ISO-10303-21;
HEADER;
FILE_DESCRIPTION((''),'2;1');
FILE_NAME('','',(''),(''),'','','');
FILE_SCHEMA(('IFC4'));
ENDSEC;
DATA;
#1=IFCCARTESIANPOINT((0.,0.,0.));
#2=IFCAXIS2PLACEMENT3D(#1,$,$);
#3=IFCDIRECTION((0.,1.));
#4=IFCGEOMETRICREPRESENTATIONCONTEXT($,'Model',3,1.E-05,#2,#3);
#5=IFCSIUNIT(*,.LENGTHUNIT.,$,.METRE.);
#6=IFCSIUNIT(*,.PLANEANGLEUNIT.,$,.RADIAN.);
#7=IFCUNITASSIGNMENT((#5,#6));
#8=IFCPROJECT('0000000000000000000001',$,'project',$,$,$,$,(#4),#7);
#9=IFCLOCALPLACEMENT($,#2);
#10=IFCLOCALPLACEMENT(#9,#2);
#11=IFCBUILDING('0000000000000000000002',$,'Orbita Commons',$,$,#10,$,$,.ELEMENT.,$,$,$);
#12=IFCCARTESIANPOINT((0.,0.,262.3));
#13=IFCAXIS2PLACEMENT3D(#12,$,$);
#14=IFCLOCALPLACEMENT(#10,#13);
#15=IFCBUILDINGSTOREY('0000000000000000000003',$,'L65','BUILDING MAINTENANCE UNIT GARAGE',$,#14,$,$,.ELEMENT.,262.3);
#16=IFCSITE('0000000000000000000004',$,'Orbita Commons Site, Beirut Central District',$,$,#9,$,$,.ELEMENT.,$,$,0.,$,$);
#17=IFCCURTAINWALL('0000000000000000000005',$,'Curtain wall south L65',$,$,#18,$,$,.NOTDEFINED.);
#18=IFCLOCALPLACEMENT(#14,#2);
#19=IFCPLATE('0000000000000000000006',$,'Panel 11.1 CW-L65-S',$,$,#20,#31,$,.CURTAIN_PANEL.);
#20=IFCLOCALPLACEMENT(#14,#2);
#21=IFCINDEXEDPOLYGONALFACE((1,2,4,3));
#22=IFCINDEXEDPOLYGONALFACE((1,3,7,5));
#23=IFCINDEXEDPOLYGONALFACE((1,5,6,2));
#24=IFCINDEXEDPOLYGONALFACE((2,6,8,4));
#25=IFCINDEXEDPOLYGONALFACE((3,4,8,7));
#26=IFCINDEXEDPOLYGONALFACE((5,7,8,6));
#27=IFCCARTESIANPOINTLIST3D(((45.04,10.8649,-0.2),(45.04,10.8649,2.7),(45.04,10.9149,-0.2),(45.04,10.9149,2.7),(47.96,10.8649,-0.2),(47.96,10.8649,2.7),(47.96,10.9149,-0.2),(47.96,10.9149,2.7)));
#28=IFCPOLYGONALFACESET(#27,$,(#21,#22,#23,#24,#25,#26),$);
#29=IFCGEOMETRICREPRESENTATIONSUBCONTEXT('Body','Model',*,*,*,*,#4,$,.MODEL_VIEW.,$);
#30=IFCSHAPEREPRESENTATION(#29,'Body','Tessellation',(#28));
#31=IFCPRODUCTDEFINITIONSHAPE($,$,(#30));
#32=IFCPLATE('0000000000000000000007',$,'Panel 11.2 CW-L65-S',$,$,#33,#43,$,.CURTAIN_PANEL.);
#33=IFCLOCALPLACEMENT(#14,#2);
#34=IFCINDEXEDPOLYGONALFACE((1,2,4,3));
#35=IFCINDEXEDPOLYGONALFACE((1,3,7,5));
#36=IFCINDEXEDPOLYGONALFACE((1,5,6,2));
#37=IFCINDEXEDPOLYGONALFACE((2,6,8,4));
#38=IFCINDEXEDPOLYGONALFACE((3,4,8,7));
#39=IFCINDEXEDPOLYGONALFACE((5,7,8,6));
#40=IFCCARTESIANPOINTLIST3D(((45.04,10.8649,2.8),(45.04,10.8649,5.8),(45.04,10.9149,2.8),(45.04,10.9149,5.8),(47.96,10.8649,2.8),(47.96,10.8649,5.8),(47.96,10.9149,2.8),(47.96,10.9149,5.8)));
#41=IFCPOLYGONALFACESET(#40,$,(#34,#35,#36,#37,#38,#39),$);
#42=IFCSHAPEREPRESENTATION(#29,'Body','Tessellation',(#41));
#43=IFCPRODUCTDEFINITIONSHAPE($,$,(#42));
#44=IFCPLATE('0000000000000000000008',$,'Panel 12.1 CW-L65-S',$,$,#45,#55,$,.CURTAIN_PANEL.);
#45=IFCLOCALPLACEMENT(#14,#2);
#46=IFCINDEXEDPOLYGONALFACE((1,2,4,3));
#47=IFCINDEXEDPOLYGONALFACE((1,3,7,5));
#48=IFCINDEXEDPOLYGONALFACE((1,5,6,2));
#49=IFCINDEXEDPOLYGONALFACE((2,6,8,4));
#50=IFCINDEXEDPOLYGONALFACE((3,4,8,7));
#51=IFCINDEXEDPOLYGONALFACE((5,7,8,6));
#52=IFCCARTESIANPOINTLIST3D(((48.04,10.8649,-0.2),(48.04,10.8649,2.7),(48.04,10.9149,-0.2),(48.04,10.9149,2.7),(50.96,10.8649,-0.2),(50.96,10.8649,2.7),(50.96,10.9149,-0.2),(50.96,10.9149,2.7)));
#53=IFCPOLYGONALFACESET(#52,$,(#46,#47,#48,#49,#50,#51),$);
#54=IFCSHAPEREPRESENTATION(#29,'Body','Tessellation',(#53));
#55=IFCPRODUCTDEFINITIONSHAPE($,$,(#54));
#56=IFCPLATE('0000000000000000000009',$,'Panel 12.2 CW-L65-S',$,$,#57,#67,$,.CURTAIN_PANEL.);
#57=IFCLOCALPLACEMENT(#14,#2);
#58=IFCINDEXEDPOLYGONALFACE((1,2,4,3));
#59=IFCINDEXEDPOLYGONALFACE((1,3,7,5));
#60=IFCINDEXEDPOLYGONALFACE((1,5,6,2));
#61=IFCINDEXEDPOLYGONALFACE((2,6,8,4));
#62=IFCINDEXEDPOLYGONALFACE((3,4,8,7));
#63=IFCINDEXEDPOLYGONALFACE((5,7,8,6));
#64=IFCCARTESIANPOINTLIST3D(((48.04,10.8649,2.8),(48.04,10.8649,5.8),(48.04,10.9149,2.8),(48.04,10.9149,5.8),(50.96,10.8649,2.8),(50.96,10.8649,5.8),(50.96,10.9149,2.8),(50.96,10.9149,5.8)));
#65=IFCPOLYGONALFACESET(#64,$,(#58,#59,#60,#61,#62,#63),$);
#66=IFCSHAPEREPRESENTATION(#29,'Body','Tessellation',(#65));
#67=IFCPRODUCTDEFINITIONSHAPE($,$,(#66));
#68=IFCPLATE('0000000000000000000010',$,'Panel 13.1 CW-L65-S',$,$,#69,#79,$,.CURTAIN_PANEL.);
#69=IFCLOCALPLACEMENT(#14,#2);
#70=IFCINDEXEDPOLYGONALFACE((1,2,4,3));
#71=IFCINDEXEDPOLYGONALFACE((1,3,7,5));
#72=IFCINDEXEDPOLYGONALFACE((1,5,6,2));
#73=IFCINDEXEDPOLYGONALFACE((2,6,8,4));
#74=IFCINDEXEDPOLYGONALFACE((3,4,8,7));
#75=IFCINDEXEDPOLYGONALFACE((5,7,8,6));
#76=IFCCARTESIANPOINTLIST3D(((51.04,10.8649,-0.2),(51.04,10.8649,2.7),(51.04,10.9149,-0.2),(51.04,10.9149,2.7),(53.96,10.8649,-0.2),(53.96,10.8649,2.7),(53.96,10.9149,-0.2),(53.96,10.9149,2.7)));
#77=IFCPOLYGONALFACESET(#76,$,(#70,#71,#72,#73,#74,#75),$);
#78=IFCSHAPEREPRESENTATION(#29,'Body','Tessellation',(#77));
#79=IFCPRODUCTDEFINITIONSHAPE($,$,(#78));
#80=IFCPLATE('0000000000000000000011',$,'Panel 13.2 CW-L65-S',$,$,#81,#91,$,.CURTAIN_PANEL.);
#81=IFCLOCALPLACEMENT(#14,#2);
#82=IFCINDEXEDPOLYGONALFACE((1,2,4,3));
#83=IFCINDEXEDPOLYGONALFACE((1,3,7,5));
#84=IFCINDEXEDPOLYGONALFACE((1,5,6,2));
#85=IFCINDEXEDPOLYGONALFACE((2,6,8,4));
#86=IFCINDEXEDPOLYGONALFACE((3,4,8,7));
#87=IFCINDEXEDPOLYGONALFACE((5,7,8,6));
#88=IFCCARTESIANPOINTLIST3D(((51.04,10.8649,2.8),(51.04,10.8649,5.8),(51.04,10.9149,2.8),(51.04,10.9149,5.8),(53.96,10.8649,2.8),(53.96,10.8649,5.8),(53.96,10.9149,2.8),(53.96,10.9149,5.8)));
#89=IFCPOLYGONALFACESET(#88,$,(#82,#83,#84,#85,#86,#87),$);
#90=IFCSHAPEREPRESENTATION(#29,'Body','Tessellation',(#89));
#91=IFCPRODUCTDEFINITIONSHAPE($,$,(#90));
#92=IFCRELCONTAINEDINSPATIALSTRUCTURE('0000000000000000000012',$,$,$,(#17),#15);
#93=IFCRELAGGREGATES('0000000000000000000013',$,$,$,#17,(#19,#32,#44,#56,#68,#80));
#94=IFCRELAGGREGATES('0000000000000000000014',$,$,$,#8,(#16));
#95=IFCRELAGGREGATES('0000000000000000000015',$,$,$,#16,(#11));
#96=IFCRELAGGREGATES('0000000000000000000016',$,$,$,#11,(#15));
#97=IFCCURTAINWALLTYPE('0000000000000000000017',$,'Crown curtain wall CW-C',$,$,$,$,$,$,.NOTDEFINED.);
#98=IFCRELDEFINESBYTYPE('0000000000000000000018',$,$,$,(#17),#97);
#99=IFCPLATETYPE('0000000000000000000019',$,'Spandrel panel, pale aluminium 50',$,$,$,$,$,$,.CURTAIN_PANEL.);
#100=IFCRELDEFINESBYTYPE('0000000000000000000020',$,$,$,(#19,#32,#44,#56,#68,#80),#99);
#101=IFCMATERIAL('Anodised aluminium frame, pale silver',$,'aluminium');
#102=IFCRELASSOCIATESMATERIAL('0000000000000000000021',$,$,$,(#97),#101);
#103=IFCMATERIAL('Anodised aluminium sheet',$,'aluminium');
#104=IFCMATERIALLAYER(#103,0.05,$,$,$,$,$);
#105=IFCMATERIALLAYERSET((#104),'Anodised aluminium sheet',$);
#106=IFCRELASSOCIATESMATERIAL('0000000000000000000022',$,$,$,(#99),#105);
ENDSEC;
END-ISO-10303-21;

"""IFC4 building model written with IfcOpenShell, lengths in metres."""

from ifc_helpers import new_model, si_unit, direction, frame, origin, origin_2d, place, context, subcontext, project, spatial, rectangle, extrude, material, layer, layer_set, type_object, element, aggregate, save


model = new_model("IFC4")

# Units and contexts
model_context = context("Model", 3, precision=1e-05, world=origin(), true_north=direction((0.0, 1.0)))
body_context = subcontext(model_context, "Body", "Model", "MODEL_VIEW")
ifc_project = project(units=[si_unit("LENGTHUNIT", "METRE"), si_unit("PLANEANGLEUNIT", "RADIAN")], contexts=[model_context])

# Site, building, storey
site_placement = place(None, origin())
site = spatial("IfcSite", under=ifc_project, at=site_placement, Name="Orbita Commons Site, Beirut Central District", CompositionType="ELEMENT", RefElevation=0.0)
building_placement = place(site_placement, origin())
building = spatial("IfcBuilding", under=site, at=building_placement, Name="Orbita Commons", CompositionType="ELEMENT")
storey_placement = place(building_placement, frame((0.0, 0.0, 262.3)))
storey = spatial("IfcBuildingStorey", under=building, at=storey_placement, Name="L65", Description="BUILDING MAINTENANCE UNIT GARAGE", CompositionType="ELEMENT", Elevation=262.3)

# Curtain wall, plates
ifc_material_1 = material(Name="Anodised aluminium frame, pale silver", Category="aluminium")
curtain_wall_type = type_object("IfcCurtainWallType", Name="Crown curtain wall CW-C", PredefinedType="NOTDEFINED", material=ifc_material_1)
curtain_wall_placement = place(storey_placement, origin())
curtain_wall = element("IfcCurtainWall", 1, at=curtain_wall_placement, inside=storey, type_object=curtain_wall_type, Name="Curtain wall south L65", PredefinedType="NOTDEFINED")
ifc_material_2 = material(Name="Anodised aluminium sheet", Category="aluminium")
ifc_layer = layer(ifc_material_2, 0.05)
ifc_layer_set = layer_set([ifc_layer], Name="Anodised aluminium sheet")
plate_type = type_object("IfcPlateType", Name="Spandrel panel, pale aluminium 50", PredefinedType="CURTAIN_PANEL", material=ifc_layer_set)
plate_1_placement = place(storey_placement, frame((46.5, 10.8899, -0.2), z_axis=(0.0, 0.0, 1.0), x_axis=(1.0, 0.0, 0.0)))
plate_1 = element("IfcPlate", 2, at=plate_1_placement, type_object=plate_type, Name="Panel 11.1 CW-L65-S", PredefinedType="CURTAIN_PANEL", context=body_context, shape_type="SweptSolid", body=[
    extrude(rectangle(XDim=2.9199, YDim=0.05, at=origin_2d()), origin(), (0.0, 0.0, 1.0), 2.8999),
])
plate_2_placement = place(storey_placement, frame((46.5, 10.8899, 2.8), z_axis=(0.0, 0.0, 1.0), x_axis=(1.0, 0.0, 0.0)))
plate_2 = element("IfcPlate", 3, at=plate_2_placement, type_object=plate_type, Name="Panel 11.2 CW-L65-S", PredefinedType="CURTAIN_PANEL", context=body_context, shape_type="SweptSolid", body=[
    extrude(rectangle(XDim=2.9199, YDim=0.05, at=origin_2d()), origin(), (0.0, 0.0, 1.0), 3.0),
])
plate_3_placement = place(storey_placement, frame((49.5, 10.8899, -0.2), z_axis=(0.0, 0.0, 1.0), x_axis=(1.0, 0.0, 0.0)))
plate_3 = element("IfcPlate", 4, at=plate_3_placement, type_object=plate_type, Name="Panel 12.1 CW-L65-S", PredefinedType="CURTAIN_PANEL", context=body_context, shape_type="SweptSolid", body=[
    extrude(rectangle(XDim=2.9199, YDim=0.05, at=origin_2d()), origin(), (0.0, 0.0, 1.0), 2.8999),
])
plate_4_placement = place(storey_placement, frame((49.5, 10.8899, 2.8), z_axis=(0.0, 0.0, 1.0), x_axis=(1.0, 0.0, 0.0)))
plate_4 = element("IfcPlate", 5, at=plate_4_placement, type_object=plate_type, Name="Panel 12.2 CW-L65-S", PredefinedType="CURTAIN_PANEL", context=body_context, shape_type="SweptSolid", body=[
    extrude(rectangle(XDim=2.9199, YDim=0.05, at=origin_2d()), origin(), (0.0, 0.0, 1.0), 3.0),
])
plate_5_placement = place(storey_placement, frame((52.5, 10.8899, -0.2), z_axis=(0.0, 0.0, 1.0), x_axis=(1.0, 0.0, 0.0)))
plate_5 = element("IfcPlate", 6, at=plate_5_placement, type_object=plate_type, Name="Panel 13.1 CW-L65-S", PredefinedType="CURTAIN_PANEL", context=body_context, shape_type="SweptSolid", body=[
    extrude(rectangle(XDim=2.9199, YDim=0.05, at=origin_2d()), origin(), (0.0, 0.0, 1.0), 2.8999),
])
plate_6_placement = place(storey_placement, frame((52.5, 10.8899, 2.8), z_axis=(0.0, 0.0, 1.0), x_axis=(1.0, 0.0, 0.0)))
plate_6 = element("IfcPlate", 7, at=plate_6_placement, type_object=plate_type, Name="Panel 13.2 CW-L65-S", PredefinedType="CURTAIN_PANEL", context=body_context, shape_type="SweptSolid", body=[
    extrude(rectangle(XDim=2.9199, YDim=0.05, at=origin_2d()), origin(), (0.0, 0.0, 1.0), 3.0),
])
aggregate(curtain_wall, [plate_1, plate_2, plate_3, plate_4, plate_5, plate_6])

save(model, "model.ifc")
